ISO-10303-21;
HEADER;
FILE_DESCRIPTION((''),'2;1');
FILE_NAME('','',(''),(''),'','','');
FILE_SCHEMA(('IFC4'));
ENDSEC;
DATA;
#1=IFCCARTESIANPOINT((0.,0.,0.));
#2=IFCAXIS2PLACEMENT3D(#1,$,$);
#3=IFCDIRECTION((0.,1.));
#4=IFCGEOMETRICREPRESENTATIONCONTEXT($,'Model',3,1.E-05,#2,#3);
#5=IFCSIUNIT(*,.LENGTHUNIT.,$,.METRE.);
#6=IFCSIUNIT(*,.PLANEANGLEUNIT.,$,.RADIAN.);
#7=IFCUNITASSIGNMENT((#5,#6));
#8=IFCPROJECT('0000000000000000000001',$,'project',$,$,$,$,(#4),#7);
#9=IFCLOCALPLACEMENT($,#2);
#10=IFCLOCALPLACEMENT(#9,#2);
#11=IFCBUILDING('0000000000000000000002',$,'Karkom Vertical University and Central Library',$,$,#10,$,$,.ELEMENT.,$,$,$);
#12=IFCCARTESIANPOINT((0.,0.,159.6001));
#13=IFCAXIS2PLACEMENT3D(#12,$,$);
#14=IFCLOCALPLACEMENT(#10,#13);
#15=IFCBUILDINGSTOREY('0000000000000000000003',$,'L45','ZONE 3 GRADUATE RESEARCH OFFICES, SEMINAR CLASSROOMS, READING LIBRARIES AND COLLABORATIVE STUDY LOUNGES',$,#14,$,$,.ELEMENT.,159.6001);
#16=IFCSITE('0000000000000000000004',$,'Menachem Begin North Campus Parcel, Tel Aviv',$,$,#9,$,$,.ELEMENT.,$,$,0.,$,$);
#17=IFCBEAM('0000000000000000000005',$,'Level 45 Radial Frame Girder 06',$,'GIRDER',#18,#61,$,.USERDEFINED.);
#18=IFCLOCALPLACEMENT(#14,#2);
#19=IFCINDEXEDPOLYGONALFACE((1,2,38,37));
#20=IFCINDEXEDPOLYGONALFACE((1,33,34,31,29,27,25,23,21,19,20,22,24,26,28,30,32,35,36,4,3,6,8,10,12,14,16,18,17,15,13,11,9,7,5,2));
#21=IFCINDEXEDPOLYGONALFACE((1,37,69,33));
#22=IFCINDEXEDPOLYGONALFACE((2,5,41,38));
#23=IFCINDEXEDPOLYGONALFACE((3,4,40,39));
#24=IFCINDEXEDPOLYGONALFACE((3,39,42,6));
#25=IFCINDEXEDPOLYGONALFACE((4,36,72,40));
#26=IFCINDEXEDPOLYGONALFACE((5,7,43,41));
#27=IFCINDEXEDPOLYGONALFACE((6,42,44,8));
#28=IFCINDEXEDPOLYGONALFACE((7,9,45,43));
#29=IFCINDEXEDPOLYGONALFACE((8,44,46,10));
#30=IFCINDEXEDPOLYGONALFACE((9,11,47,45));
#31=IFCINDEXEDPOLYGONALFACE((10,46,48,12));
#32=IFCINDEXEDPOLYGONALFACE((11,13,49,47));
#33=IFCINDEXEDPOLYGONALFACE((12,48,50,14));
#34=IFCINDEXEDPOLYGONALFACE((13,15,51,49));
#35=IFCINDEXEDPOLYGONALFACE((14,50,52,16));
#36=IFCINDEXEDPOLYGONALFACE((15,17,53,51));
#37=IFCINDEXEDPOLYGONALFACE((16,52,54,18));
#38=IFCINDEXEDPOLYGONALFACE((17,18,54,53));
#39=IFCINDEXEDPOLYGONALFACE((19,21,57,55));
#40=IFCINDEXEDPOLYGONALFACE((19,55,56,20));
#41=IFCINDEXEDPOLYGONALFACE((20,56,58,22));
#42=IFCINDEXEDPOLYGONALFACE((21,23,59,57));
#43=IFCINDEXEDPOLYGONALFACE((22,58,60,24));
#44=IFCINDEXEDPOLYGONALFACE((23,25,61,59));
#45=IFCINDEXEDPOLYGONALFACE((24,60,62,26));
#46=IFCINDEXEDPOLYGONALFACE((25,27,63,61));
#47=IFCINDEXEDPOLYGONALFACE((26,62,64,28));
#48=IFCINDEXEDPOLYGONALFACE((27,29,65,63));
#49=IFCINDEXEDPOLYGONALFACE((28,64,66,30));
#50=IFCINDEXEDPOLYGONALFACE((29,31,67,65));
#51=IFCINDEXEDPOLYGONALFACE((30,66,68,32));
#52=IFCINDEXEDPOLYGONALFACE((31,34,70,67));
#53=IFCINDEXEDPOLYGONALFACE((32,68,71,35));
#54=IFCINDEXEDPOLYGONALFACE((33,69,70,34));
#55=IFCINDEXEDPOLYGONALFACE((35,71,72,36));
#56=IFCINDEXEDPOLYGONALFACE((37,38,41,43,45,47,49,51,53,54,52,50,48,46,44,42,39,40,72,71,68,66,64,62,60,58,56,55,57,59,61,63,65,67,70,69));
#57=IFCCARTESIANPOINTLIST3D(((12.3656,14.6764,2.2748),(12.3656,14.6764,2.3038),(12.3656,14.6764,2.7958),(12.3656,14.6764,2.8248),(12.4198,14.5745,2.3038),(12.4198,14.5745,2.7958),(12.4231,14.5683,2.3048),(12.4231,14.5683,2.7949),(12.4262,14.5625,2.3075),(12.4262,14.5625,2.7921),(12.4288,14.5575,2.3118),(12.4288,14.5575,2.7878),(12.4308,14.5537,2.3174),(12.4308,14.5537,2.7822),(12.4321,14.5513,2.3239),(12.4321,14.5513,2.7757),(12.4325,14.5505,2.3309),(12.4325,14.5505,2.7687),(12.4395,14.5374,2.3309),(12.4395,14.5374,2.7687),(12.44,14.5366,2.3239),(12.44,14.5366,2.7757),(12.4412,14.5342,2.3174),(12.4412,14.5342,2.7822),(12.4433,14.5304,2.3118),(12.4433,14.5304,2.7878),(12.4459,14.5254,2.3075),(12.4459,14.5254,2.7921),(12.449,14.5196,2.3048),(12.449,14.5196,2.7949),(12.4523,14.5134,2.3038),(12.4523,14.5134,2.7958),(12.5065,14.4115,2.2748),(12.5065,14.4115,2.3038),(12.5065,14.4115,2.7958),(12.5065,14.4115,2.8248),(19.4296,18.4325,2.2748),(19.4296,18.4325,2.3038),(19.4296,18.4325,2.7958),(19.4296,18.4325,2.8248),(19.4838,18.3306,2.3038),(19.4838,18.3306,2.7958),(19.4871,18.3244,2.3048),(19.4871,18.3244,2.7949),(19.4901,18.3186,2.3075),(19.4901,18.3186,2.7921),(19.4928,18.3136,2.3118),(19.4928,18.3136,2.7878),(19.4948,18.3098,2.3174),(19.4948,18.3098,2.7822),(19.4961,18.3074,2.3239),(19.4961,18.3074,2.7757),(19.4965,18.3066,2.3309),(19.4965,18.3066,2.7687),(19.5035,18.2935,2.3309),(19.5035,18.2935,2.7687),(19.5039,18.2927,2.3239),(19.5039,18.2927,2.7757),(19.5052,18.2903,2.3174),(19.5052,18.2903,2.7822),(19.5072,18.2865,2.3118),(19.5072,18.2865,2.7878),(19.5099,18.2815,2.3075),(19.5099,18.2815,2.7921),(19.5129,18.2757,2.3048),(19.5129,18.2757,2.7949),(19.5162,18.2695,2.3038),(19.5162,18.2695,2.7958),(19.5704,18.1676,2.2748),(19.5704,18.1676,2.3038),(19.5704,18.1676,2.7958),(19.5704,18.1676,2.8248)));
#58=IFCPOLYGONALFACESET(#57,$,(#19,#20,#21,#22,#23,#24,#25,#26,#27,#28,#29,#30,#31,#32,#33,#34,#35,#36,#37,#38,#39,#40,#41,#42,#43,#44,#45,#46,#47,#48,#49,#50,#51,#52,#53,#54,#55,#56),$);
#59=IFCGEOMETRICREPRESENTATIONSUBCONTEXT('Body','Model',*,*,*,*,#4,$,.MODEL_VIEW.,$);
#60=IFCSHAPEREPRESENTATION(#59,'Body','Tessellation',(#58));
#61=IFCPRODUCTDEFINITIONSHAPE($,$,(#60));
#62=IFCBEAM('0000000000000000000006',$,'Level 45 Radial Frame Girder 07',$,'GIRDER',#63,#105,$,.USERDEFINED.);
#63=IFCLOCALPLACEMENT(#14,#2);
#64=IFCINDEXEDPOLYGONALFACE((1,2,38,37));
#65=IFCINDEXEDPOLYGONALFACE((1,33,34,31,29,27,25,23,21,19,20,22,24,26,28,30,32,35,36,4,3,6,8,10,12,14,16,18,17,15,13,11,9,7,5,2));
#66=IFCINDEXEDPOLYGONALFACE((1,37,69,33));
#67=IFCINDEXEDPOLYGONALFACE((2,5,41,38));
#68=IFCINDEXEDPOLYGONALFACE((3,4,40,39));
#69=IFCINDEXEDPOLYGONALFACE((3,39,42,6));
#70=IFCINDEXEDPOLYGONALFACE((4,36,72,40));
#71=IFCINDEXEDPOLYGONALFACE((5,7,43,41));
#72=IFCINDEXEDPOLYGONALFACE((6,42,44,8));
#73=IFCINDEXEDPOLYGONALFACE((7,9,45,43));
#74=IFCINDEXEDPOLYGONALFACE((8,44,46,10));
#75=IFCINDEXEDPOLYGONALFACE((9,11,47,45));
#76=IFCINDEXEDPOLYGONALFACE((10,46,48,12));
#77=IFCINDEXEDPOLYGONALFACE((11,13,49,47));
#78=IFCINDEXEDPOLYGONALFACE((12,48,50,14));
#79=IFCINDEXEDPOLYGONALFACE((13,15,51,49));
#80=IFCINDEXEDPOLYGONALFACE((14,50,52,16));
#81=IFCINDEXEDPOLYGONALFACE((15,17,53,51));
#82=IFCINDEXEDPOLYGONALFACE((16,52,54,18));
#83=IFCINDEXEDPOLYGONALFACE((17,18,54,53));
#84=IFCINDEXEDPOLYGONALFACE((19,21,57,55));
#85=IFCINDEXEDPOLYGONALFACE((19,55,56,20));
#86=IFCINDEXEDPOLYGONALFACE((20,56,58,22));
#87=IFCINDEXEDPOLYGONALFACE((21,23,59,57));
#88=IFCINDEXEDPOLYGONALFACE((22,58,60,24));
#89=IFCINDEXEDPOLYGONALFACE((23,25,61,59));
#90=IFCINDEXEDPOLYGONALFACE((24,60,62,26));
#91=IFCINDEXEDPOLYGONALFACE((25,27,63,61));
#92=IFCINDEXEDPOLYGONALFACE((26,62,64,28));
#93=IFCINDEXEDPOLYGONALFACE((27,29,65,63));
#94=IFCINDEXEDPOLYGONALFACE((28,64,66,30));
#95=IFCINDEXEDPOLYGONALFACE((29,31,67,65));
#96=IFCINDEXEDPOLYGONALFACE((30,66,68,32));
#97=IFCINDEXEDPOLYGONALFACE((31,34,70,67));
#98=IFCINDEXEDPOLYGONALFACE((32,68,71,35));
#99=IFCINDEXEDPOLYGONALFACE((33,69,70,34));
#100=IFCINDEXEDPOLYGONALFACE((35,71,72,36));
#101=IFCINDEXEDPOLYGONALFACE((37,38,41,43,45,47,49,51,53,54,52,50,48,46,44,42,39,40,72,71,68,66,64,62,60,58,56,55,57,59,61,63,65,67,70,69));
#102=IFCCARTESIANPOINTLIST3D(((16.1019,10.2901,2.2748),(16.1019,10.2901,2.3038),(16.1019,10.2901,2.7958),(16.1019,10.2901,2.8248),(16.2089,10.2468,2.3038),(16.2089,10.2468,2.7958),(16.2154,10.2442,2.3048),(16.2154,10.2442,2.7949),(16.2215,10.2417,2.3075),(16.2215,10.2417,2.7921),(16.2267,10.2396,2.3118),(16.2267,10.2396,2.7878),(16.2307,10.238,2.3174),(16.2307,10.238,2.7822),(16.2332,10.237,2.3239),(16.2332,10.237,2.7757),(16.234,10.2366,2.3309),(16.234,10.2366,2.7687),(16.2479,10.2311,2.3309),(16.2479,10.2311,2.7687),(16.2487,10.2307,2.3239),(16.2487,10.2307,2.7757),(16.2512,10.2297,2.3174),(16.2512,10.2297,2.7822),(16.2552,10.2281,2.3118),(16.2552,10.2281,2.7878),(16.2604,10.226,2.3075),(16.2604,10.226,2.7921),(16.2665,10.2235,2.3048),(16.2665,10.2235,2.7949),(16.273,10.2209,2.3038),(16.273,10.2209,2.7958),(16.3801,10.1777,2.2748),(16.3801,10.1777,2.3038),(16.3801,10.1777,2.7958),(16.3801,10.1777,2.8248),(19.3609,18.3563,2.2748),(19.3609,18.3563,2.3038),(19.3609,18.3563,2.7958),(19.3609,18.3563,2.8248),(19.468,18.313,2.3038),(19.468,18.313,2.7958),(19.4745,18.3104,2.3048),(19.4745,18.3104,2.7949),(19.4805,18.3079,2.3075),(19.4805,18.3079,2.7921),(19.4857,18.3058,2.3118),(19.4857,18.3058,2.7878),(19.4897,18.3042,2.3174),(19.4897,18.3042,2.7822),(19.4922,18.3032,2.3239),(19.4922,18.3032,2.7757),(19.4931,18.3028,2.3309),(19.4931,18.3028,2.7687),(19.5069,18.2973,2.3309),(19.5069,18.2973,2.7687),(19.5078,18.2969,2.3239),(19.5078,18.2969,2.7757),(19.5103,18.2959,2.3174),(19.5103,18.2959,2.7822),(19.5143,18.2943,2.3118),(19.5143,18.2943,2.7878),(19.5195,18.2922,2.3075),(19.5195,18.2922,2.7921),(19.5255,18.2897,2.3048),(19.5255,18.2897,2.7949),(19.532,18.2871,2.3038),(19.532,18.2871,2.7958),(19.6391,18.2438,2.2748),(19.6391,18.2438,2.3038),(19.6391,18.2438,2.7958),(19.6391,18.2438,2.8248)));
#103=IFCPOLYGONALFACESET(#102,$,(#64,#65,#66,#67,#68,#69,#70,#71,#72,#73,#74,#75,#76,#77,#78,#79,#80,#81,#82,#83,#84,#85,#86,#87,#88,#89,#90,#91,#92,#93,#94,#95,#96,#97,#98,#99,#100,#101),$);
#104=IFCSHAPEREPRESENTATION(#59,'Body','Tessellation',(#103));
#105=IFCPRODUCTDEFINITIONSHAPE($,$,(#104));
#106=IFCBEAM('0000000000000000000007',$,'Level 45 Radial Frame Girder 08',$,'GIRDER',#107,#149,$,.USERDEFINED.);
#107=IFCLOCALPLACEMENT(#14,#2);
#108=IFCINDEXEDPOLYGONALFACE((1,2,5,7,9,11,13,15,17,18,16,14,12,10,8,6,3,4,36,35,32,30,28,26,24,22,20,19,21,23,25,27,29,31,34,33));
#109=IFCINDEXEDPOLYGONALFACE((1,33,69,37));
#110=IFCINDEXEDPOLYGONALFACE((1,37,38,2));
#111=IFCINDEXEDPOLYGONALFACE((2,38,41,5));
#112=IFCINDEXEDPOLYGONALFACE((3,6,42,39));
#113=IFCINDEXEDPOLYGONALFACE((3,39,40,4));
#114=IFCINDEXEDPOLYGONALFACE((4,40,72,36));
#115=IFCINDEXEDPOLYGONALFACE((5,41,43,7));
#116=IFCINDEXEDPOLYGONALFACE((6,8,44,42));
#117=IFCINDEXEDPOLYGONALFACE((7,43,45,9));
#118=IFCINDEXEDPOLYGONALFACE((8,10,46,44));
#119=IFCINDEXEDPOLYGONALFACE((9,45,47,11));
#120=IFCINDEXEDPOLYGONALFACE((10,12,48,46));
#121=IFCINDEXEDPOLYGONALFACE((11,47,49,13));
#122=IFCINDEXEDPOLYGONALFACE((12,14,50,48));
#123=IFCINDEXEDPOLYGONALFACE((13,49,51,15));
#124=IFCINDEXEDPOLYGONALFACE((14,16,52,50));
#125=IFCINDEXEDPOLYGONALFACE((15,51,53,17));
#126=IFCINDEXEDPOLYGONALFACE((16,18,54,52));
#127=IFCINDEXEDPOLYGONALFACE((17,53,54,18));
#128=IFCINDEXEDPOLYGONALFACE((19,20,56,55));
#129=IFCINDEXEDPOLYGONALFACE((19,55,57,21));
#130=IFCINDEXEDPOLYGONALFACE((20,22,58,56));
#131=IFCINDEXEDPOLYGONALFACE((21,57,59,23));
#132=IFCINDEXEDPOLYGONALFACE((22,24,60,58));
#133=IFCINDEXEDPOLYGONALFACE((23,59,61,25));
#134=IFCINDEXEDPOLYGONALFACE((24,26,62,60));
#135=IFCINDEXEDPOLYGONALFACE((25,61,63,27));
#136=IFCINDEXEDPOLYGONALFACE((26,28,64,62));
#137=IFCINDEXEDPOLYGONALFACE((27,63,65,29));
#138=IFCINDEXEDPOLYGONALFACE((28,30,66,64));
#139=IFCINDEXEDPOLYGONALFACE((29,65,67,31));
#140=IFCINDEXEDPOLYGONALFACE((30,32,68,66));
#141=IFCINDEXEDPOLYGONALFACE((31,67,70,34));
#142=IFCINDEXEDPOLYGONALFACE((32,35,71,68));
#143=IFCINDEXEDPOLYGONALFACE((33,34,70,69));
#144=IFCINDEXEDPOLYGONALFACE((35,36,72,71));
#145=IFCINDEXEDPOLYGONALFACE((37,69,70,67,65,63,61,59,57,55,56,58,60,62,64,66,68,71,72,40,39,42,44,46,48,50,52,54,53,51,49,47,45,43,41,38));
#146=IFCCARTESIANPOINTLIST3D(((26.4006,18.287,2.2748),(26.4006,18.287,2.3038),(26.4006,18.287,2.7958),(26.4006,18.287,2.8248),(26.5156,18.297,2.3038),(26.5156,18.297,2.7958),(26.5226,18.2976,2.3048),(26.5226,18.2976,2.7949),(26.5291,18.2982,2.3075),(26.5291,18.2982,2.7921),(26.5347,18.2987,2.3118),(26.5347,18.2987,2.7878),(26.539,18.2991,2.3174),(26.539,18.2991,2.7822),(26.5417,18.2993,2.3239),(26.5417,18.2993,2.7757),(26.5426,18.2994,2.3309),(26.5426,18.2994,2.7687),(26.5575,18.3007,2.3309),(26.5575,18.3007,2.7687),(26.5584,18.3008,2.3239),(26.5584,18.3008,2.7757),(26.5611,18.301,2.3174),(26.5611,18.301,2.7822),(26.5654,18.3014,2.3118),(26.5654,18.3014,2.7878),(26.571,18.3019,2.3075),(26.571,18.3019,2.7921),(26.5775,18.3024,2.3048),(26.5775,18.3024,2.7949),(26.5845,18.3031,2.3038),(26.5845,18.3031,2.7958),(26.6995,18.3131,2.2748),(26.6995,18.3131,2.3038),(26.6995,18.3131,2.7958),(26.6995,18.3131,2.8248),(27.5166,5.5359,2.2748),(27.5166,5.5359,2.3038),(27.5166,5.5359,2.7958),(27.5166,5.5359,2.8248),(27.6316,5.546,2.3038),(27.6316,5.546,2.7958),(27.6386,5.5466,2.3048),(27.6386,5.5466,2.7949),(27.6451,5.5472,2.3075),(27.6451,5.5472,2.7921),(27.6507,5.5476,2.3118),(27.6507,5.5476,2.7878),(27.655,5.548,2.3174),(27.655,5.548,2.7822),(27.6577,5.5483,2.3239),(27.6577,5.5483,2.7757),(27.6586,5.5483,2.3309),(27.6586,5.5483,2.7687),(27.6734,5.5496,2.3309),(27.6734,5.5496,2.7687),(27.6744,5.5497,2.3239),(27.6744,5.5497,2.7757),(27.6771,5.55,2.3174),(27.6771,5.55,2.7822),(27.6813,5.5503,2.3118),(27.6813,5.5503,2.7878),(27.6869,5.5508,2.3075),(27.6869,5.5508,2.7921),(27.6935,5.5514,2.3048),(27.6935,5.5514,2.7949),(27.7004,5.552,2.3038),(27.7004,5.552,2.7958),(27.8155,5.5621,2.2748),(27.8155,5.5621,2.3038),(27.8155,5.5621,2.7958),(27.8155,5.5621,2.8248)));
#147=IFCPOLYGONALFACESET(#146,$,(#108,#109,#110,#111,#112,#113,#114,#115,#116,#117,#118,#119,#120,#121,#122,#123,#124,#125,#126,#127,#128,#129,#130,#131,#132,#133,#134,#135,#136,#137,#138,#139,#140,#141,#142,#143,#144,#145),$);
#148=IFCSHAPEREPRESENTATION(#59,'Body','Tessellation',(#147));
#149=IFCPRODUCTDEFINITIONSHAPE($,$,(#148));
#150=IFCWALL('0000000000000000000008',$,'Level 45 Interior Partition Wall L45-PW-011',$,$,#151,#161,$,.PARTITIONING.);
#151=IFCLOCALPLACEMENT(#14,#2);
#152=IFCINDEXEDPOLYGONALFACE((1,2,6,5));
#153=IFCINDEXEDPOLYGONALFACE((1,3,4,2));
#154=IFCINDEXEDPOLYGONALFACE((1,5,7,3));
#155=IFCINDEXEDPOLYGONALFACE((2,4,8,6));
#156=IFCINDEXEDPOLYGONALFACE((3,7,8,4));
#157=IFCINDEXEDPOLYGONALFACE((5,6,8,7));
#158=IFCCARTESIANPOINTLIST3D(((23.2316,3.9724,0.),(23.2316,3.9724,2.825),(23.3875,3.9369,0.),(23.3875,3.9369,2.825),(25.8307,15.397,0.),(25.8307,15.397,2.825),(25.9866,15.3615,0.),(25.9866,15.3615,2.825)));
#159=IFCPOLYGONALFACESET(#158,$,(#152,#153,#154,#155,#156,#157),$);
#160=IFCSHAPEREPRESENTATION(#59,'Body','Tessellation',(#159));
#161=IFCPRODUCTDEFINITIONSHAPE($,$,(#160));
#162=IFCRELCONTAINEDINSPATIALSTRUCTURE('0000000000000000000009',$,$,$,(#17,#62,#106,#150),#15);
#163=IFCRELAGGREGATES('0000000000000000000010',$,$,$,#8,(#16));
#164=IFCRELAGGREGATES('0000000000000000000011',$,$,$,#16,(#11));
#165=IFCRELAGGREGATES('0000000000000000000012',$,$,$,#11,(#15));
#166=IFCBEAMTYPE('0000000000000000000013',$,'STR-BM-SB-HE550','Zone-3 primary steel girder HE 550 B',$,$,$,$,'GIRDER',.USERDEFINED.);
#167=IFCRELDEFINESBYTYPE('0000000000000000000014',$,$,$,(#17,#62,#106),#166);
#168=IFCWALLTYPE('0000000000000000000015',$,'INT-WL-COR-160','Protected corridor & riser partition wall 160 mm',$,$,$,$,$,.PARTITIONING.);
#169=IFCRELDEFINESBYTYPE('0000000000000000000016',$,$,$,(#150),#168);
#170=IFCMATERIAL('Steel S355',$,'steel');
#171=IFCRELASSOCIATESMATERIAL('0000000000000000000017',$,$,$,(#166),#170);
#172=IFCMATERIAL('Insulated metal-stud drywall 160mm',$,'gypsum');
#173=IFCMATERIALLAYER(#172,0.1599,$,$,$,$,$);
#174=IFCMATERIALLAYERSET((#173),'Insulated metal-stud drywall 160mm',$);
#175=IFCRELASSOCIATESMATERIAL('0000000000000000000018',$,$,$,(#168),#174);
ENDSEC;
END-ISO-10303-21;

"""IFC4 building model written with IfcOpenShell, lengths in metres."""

from ifc_helpers import new_model, si_unit, direction, frame, frame_2d, origin, origin_with_axes, origin_2d, place, context, subcontext, project, spatial, rectangle, i_section, extrude, source, transform, mapped, material, layer, layer_set, material_profile, profile_set, type_object, element, save


model = new_model("IFC4")

# Units and contexts
model_context = context("Model", 3, precision=1e-05, world=origin(), true_north=direction((0.0, 1.0)))
body_context = subcontext(model_context, "Body", "Model", "MODEL_VIEW")
ifc_project = project(units=[si_unit("LENGTHUNIT", "METRE"), si_unit("PLANEANGLEUNIT", "RADIAN")], contexts=[model_context])

# Site, building, storey
site_placement = place(None, origin())
site = spatial("IfcSite", under=ifc_project, at=site_placement, Name="Menachem Begin North Campus Parcel, Tel Aviv", CompositionType="ELEMENT", RefElevation=0.0)
building_placement = place(site_placement, origin())
building = spatial("IfcBuilding", under=site, at=building_placement, Name="Karkom Vertical University and Central Library", CompositionType="ELEMENT")
storey_placement = place(building_placement, frame((0.0, 0.0, 159.6001)))
storey = spatial("IfcBuildingStorey", under=building, at=storey_placement, Name="L45", Description="ZONE 3 GRADUATE RESEARCH OFFICES, SEMINAR CLASSROOMS, READING LIBRARIES AND COLLABORATIVE STUDY LOUNGES", CompositionType="ELEMENT", Elevation=159.6001)

# Beams
ifc_material_1 = material(Name="Steel S355", Category="steel")
ifc_material_profile_1 = material_profile(ifc_material_1, i_section(OverallWidth=0.3, OverallDepth=0.55, WebThickness=0.0149, FlangeThickness=0.0291, FilletRadius=0.0271, at=origin_2d()), Name="HE 550 B")
ifc_profile_set_1 = profile_set([ifc_material_profile_1], Name="Steel S355")
beam_type_1 = type_object("IfcBeamType", Name="STR-BM-SB-HE550", Description="Zone-3 primary steel girder HE 550 B", ElementType="GIRDER", PredefinedType="USERDEFINED", material=ifc_profile_set_1)
shared_shape_1 = source(origin_with_axes(), body_context, "Body", "SweptSolid", [
    extrude(i_section(OverallWidth=0.3, OverallDepth=0.55, WebThickness=0.0149, FlangeThickness=0.0291, FilletRadius=0.0271, at=origin_2d()), origin(), (0.0, 0.0, 1.0), 8.0005),
])
beam_1_placement = place(storey_placement, frame((19.5, 18.3, 2.5498), z_axis=(-0.882941, -0.469484, 0.0), x_axis=(0.469484, -0.882941, 0.0)))
element("IfcBeam", 1, at=beam_1_placement, inside=storey, type_object=beam_type_1, Name="Level 45 Radial Frame Girder 06", ObjectType="GIRDER", PredefinedType="USERDEFINED", context=body_context, shape_type="MappedRepresentation", body=[
    mapped(shared_shape_1, transform((0.0, 0.0, 0.0), scale=1.0)),
])
shared_shape_2 = source(origin_with_axes(), body_context, "Body", "SweptSolid", [
    extrude(i_section(OverallWidth=0.3, OverallDepth=0.55, WebThickness=0.0149, FlangeThickness=0.0291, FilletRadius=0.0271, at=origin_2d()), origin(), (0.0, 0.0, 1.0), 8.6997),
])
beam_2_placement = place(storey_placement, frame((19.5, 18.3, 2.5498), z_axis=(-0.374616, -0.92718, 0.0), x_axis=(0.92718, -0.374616, 0.0)))
element("IfcBeam", 2, at=beam_2_placement, inside=storey, type_object=beam_type_1, Name="Level 45 Radial Frame Girder 07", ObjectType="GIRDER", PredefinedType="USERDEFINED", context=body_context, shape_type="MappedRepresentation", body=[
    mapped(shared_shape_2, transform((0.0, 0.0, 0.0), scale=1.0)),
])
shared_shape_3 = source(origin_with_axes(), body_context, "Body", "SweptSolid", [
    extrude(i_section(OverallWidth=0.3, OverallDepth=0.55, WebThickness=0.0149, FlangeThickness=0.0291, FilletRadius=0.0271, at=origin_2d()), origin(), (0.0, 0.0, 1.0), 12.7998),
])
beam_3_placement = place(storey_placement, frame((26.55, 18.3, 2.5498), z_axis=(0.087187, -0.996192, 0.0), x_axis=(0.996192, 0.087187, 0.0)))
element("IfcBeam", 3, at=beam_3_placement, inside=storey, type_object=beam_type_1, Name="Level 45 Radial Frame Girder 08", ObjectType="GIRDER", PredefinedType="USERDEFINED", context=body_context, shape_type="MappedRepresentation", body=[
    mapped(shared_shape_3, transform((0.0, 0.0, 0.0), scale=1.0)),
])

# Wall
ifc_material_2 = material(Name="Insulated metal-stud drywall 160mm", Category="gypsum")
ifc_layer_1 = layer(ifc_material_2, 0.1599)
ifc_layer_set_1 = layer_set([ifc_layer_1], Name="Insulated metal-stud drywall 160mm")
wall_type_1 = type_object("IfcWallType", Name="INT-WL-COR-160", Description="Protected corridor & riser partition wall 160 mm", PredefinedType="PARTITIONING", material=ifc_layer_set_1)
wall_1_placement = place(storey_placement, frame((25.9087, 15.3794, 0.0), z_axis=(0.0, 0.0, 1.0), x_axis=(-0.221835, -0.975084, 0.0)))
element("IfcWall", 4, at=wall_1_placement, inside=storey, type_object=wall_type_1, Name="Level 45 Interior Partition Wall L45-PW-011", PredefinedType="PARTITIONING", context=body_context, shape_type="SweptSolid", body=[
    extrude(rectangle(XDim=11.7166, YDim=0.1599, at=frame_2d((5.8584, 0.0))), origin(), (0.0, 0.0, 1.0), 2.825),
])

save(model, "model.ifc")
